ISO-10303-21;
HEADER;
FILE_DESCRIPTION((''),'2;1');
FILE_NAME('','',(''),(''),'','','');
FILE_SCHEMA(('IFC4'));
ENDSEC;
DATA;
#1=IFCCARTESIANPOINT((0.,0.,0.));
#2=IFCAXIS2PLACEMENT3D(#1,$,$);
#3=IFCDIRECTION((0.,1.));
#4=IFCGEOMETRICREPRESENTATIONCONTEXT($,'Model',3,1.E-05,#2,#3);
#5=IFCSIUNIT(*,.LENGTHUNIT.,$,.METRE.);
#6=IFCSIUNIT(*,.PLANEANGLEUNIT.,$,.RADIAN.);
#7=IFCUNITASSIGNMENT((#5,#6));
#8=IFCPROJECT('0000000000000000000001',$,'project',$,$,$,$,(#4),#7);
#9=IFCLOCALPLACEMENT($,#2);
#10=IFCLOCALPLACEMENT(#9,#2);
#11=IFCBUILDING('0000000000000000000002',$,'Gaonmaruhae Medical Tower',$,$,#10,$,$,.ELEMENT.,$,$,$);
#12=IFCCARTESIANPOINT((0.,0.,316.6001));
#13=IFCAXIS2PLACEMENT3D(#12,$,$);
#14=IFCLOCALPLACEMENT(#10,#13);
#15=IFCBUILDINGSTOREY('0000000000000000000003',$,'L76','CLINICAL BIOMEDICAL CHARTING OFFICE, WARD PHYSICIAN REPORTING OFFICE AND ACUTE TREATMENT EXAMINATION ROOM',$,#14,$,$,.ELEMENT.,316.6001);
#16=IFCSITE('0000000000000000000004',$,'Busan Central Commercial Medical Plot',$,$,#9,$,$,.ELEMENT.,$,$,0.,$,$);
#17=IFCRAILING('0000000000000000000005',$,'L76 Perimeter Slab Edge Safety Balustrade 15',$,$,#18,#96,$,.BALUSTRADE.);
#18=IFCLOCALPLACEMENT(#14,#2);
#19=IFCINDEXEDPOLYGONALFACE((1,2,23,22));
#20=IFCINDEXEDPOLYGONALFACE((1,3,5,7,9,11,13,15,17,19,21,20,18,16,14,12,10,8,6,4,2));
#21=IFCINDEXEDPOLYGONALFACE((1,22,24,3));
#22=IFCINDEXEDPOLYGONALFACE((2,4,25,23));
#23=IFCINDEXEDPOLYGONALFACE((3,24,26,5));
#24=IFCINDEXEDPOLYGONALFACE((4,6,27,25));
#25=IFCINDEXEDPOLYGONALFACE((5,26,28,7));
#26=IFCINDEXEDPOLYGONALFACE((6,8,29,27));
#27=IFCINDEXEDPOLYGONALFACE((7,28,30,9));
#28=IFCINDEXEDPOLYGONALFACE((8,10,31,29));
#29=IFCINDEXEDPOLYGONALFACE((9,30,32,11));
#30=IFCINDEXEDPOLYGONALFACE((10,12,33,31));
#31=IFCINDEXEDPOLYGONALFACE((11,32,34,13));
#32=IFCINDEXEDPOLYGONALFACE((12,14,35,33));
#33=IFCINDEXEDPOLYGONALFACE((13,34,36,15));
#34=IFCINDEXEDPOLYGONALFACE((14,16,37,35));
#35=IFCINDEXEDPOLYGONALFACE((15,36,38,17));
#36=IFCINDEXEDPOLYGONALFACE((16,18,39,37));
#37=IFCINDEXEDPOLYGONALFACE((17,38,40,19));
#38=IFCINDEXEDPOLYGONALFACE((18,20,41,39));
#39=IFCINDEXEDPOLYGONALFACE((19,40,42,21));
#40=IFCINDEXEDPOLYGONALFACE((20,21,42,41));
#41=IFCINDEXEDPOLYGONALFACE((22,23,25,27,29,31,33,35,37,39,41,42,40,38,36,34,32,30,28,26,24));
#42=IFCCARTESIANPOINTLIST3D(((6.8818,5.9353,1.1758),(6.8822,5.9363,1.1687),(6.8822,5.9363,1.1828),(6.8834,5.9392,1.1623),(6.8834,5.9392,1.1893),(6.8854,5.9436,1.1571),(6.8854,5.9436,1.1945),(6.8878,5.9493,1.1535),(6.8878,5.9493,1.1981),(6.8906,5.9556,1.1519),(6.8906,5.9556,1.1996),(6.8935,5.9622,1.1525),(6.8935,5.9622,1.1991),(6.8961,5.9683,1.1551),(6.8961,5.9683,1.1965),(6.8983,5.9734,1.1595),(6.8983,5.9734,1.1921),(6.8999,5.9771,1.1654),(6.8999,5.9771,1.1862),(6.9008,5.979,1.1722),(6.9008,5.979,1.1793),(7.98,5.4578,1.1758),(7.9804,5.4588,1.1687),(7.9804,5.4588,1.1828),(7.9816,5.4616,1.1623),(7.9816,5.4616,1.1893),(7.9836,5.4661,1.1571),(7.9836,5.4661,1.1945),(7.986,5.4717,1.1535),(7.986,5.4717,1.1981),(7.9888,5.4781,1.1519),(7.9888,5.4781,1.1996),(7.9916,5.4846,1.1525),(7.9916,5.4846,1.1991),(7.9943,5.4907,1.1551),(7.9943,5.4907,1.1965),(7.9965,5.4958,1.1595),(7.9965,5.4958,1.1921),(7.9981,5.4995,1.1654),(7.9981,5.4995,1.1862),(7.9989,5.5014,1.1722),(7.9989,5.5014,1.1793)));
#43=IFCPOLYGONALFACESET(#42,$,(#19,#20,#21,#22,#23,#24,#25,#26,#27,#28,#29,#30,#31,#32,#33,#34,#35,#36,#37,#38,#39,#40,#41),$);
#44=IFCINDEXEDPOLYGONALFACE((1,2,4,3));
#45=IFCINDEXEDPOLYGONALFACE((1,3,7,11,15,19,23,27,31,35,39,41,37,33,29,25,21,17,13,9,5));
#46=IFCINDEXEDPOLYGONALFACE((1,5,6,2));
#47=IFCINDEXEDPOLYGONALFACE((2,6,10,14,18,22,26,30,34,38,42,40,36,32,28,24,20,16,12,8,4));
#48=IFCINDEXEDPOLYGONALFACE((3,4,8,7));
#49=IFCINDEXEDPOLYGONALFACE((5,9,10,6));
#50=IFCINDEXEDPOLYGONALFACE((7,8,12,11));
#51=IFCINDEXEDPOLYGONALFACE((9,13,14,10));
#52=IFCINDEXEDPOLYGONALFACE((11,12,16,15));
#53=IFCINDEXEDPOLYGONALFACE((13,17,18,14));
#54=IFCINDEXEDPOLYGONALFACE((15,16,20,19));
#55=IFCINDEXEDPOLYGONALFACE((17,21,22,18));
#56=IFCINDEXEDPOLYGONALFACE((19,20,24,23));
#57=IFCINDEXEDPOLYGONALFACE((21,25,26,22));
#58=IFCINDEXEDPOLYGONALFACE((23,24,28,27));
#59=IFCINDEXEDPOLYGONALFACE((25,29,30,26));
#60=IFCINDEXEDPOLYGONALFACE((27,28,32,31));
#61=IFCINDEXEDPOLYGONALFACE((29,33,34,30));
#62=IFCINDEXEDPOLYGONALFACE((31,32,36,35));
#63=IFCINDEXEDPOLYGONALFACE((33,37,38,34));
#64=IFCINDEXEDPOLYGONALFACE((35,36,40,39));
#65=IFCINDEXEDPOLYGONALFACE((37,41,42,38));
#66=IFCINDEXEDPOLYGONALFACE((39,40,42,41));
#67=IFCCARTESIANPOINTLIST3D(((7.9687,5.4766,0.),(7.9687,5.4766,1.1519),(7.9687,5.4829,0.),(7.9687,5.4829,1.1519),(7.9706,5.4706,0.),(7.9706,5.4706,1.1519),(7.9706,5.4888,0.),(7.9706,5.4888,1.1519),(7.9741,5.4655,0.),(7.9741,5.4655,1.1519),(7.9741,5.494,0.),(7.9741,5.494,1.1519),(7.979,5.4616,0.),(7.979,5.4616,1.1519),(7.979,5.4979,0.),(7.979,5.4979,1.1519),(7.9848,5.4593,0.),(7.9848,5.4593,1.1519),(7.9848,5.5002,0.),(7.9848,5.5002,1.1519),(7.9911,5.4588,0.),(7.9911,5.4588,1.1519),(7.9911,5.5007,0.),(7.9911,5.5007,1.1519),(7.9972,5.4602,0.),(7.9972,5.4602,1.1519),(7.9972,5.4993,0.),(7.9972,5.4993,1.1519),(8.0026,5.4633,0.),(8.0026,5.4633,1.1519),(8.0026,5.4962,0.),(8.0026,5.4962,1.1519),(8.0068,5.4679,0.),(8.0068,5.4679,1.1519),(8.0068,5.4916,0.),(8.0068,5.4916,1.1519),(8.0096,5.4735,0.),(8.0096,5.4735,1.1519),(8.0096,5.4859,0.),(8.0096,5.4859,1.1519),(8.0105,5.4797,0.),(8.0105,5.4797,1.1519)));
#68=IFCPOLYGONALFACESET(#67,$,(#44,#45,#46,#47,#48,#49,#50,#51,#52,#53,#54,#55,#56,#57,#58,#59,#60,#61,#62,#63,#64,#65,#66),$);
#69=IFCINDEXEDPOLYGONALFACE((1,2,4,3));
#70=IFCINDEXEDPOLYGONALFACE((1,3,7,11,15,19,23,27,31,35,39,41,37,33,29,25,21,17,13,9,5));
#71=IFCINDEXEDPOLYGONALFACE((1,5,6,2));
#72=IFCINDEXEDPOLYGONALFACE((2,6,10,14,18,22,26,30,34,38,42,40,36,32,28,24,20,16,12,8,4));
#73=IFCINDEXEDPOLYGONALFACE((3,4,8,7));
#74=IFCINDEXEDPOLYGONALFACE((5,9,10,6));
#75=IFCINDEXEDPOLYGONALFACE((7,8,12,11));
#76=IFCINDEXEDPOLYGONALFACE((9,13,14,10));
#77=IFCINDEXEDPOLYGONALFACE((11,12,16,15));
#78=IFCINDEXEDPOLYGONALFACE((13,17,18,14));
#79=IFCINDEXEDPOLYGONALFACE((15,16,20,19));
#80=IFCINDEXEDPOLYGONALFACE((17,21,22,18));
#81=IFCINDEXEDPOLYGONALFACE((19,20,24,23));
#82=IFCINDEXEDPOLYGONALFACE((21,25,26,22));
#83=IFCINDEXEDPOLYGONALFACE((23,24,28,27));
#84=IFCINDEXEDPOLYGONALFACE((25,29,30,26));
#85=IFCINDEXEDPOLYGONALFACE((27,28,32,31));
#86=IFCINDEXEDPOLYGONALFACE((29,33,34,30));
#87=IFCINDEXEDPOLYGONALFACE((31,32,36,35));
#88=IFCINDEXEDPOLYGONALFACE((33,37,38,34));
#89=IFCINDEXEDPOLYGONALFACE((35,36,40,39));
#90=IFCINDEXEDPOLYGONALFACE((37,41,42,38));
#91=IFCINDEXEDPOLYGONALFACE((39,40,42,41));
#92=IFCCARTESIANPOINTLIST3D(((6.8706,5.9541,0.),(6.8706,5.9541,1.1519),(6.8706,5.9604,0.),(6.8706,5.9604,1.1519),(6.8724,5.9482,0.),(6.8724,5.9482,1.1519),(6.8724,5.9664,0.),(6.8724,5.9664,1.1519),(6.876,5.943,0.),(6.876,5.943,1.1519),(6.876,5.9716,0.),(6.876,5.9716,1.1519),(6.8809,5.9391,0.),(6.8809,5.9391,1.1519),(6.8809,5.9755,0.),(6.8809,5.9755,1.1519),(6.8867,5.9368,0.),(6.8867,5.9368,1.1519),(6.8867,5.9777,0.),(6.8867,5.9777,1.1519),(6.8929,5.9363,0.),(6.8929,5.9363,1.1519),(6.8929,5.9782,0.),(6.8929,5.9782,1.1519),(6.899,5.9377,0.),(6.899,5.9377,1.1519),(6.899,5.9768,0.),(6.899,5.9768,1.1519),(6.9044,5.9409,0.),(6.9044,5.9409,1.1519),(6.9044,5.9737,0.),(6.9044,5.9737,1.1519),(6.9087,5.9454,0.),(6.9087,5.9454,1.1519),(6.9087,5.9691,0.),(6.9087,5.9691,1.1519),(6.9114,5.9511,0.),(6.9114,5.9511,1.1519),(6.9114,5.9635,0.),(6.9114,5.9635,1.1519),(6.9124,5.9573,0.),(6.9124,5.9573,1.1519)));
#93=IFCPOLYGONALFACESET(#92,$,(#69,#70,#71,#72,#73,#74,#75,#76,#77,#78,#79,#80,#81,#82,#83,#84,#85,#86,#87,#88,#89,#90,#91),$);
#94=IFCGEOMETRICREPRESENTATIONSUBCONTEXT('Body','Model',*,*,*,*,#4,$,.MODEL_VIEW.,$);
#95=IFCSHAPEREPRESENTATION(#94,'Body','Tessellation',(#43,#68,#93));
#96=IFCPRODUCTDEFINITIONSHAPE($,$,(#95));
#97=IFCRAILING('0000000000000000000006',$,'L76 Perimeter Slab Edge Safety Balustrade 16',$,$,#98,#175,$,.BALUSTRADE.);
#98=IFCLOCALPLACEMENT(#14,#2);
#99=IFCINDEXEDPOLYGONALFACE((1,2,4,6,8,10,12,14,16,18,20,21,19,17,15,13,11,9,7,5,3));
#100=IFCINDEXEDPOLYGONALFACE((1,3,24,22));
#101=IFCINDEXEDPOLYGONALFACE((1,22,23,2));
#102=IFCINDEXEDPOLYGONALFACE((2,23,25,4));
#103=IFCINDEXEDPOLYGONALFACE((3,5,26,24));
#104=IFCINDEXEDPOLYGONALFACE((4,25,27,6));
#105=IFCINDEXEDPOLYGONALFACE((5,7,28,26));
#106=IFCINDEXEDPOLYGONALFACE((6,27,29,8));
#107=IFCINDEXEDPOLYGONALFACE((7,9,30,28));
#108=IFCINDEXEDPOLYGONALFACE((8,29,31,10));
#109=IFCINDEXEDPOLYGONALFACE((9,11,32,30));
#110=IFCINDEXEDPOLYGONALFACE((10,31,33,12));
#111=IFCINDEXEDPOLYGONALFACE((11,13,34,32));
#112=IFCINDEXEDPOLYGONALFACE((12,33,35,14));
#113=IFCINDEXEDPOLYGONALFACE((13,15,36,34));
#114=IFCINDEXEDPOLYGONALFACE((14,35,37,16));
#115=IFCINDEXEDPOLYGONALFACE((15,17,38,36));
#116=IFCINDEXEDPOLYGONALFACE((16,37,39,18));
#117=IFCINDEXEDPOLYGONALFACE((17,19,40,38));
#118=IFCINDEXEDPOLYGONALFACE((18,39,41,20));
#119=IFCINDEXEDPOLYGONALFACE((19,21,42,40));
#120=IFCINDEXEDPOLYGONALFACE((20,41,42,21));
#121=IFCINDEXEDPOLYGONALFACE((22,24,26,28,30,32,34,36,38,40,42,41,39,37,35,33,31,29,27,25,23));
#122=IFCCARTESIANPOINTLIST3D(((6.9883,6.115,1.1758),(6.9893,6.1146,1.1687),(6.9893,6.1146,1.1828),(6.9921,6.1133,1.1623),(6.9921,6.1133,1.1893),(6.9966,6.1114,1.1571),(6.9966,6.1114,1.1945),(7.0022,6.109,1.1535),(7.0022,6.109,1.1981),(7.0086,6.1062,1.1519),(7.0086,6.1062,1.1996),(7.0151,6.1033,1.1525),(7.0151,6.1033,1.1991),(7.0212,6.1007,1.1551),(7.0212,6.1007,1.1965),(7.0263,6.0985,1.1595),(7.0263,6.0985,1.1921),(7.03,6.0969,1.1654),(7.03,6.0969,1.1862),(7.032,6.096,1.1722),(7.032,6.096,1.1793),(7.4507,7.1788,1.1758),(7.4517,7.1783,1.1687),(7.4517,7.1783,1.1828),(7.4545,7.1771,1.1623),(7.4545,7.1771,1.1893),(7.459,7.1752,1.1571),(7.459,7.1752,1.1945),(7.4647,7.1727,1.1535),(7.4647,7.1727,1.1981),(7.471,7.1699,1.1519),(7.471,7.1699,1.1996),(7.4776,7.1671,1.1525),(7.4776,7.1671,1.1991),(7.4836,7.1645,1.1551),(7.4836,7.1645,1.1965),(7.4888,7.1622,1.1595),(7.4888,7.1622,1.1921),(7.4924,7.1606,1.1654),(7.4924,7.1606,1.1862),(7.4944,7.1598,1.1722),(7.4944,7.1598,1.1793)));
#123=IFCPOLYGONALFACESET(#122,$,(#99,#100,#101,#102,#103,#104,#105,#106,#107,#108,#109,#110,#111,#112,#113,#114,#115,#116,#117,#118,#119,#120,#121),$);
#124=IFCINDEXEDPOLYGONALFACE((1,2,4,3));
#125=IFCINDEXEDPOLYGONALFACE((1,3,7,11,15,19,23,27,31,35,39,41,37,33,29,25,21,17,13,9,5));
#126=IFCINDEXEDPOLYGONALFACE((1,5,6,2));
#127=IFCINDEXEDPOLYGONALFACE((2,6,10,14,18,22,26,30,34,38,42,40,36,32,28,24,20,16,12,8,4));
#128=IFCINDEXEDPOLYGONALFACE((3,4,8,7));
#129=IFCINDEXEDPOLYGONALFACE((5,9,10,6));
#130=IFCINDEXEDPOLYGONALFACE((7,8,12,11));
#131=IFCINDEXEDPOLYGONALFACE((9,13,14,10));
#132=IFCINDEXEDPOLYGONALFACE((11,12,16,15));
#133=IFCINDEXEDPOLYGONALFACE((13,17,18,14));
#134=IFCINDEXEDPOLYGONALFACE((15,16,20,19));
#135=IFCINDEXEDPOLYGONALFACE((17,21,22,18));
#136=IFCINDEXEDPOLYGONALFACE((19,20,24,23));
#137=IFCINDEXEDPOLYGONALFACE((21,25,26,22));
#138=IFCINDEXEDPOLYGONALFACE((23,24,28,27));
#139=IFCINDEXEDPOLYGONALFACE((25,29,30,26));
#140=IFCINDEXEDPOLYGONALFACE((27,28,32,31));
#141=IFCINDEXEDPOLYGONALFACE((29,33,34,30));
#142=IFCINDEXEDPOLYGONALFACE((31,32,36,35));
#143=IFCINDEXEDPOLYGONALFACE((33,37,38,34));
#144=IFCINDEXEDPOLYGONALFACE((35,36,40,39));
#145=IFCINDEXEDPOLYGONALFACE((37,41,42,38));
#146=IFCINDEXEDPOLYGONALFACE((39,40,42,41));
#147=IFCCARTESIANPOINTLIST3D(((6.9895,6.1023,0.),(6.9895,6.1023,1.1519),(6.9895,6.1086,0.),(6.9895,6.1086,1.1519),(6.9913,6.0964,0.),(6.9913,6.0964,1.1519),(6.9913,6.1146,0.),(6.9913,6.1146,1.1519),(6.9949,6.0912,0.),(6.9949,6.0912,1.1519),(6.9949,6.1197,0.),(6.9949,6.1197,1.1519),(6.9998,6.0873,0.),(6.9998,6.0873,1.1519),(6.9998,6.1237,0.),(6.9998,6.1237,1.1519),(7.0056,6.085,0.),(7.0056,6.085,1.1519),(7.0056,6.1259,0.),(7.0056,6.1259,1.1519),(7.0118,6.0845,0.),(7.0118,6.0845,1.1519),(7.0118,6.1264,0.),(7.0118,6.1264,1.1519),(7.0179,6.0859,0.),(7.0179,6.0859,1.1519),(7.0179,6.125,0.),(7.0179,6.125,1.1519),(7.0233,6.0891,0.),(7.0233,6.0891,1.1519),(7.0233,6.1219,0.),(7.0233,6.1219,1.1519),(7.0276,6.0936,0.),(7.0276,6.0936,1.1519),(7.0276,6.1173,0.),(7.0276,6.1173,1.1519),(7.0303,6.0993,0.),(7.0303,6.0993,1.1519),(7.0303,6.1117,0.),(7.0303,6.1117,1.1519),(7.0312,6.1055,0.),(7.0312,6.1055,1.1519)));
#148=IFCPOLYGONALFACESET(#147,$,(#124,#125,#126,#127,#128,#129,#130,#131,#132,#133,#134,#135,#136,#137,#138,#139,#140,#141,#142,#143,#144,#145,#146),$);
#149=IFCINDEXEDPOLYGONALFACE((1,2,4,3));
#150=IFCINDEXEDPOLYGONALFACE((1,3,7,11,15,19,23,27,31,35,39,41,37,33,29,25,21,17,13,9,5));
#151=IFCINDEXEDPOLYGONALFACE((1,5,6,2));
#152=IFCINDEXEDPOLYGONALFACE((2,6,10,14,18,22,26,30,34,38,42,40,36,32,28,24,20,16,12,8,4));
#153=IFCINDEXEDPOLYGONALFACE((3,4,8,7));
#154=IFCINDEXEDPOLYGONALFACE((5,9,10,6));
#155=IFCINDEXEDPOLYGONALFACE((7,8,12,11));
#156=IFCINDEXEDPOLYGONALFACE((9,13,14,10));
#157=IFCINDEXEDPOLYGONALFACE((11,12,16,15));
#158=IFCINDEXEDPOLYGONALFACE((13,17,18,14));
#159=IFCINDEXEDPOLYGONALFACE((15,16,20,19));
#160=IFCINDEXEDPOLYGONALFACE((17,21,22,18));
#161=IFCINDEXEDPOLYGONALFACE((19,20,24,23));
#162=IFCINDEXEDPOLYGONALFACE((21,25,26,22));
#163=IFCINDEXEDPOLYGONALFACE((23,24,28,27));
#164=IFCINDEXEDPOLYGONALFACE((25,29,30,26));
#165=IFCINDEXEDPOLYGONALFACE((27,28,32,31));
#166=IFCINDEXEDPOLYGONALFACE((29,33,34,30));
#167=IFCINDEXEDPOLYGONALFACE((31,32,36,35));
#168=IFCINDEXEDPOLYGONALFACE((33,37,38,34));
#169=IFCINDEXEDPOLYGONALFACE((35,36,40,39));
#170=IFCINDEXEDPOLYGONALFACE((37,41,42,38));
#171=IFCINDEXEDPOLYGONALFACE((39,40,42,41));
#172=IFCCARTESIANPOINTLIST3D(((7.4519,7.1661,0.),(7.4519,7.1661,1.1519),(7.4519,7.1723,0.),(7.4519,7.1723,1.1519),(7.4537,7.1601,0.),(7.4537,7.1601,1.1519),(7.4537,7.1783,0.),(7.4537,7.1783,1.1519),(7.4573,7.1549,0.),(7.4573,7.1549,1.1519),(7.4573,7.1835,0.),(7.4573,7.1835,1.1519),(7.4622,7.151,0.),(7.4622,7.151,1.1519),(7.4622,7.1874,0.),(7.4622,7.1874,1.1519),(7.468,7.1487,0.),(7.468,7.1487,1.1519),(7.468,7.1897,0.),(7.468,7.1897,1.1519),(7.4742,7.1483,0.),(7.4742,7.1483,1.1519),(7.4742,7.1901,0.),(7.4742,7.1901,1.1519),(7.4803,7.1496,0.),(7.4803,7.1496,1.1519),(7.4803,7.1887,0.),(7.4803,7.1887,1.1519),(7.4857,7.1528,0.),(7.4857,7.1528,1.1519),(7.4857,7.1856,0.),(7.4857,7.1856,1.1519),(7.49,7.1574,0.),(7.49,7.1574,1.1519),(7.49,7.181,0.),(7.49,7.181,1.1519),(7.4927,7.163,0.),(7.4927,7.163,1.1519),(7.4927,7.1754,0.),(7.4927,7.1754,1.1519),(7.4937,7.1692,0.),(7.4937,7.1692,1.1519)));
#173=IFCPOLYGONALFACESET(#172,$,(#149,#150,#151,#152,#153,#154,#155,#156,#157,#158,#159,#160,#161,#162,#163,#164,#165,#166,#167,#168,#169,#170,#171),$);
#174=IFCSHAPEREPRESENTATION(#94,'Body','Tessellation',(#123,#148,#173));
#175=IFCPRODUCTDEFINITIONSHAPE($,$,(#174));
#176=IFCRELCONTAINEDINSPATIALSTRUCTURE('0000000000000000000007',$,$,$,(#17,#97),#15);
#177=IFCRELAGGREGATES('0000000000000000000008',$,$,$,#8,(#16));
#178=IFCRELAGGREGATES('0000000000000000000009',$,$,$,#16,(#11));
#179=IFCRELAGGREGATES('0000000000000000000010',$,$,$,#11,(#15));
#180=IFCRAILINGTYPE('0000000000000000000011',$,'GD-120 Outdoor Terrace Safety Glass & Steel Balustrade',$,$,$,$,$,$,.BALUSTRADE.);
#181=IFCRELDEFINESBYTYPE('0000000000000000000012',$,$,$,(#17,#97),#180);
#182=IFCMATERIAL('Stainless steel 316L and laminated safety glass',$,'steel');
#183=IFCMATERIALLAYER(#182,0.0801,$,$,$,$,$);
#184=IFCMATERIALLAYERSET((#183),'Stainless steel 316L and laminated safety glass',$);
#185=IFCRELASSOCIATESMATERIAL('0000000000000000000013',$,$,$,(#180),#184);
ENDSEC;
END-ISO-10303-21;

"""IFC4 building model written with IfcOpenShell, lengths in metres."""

from ifc_helpers import new_model, si_unit, direction, frame, origin, origin_2d, place, context, subcontext, project, spatial, circle, extrude, material, layer, layer_set, type_object, element, save


model = new_model("IFC4")

# Units and contexts
model_context = context("Model", 3, precision=1e-05, world=origin(), true_north=direction((0.0, 1.0)))
body_context = subcontext(model_context, "Body", "Model", "MODEL_VIEW")
ifc_project = project(units=[si_unit("LENGTHUNIT", "METRE"), si_unit("PLANEANGLEUNIT", "RADIAN")], contexts=[model_context])

# Site, building, storey
site_placement = place(None, origin())
site = spatial("IfcSite", under=ifc_project, at=site_placement, Name="Busan Central Commercial Medical Plot", CompositionType="ELEMENT", RefElevation=0.0)
building_placement = place(site_placement, origin())
building = spatial("IfcBuilding", under=site, at=building_placement, Name="Gaonmaruhae Medical Tower", CompositionType="ELEMENT")
storey_placement = place(building_placement, frame((0.0, 0.0, 316.6001)))
storey = spatial("IfcBuildingStorey", under=building, at=storey_placement, Name="L76", Description="CLINICAL BIOMEDICAL CHARTING OFFICE, WARD PHYSICIAN REPORTING OFFICE AND ACUTE TREATMENT EXAMINATION ROOM", CompositionType="ELEMENT", Elevation=316.6001)

# Railings
ifc_material_1 = material(Name="Stainless steel 316L and laminated safety glass", Category="steel")
ifc_layer_1 = layer(ifc_material_1, 0.0801)
ifc_layer_set_1 = layer_set([ifc_layer_1], Name="Stainless steel 316L and laminated safety glass")
railing_type = type_object("IfcRailingType", Name="GD-120 Outdoor Terrace Safety Glass & Steel Balustrade", PredefinedType="BALUSTRADE", material=ifc_layer_set_1)
railing_1_placement = place(storey_placement, frame((7.9895, 5.4797, 0.0)))
element("IfcRailing", 1, at=railing_1_placement, inside=storey, type_object=railing_type, Name="L76 Perimeter Slab Edge Safety Balustrade 15", PredefinedType="BALUSTRADE", context=body_context, shape_type="SweptSolid", body=[
    extrude(circle(Radius=0.0239, at=origin_2d()), frame((0.0, 0.0, 1.1758), z_axis=(-0.917044, 0.398786, 0.0), x_axis=(-0.398786, -0.917044, 0.0)), (0.0, 0.0, 1.0), 1.1975),
    extrude(circle(Radius=0.021, at=origin_2d()), origin(), (0.0, 0.0, 1.0), 1.1519),
    extrude(circle(Radius=0.021, at=origin_2d()), frame((-1.0981, 0.4775, 0.0)), (0.0, 0.0, 1.0), 1.1519),
])
railing_2_placement = place(storey_placement, frame((7.0103, 6.1055, 0.0)))
element("IfcRailing", 2, at=railing_2_placement, inside=storey, type_object=railing_type, Name="L76 Perimeter Slab Edge Safety Balustrade 16", PredefinedType="BALUSTRADE", context=body_context, shape_type="SweptSolid", body=[
    extrude(circle(Radius=0.0239, at=origin_2d()), frame((0.0, 0.0, 1.1758), z_axis=(0.398665, 0.917097, 0.0), x_axis=(-0.917097, 0.398665, 0.0)), (0.0, 0.0, 1.0), 1.1599),
    extrude(circle(Radius=0.021, at=origin_2d()), origin(), (0.0, 0.0, 1.0), 1.1519),
    extrude(circle(Radius=0.021, at=origin_2d()), frame((0.4624, 1.0637, 0.0)), (0.0, 0.0, 1.0), 1.1519),
])

save(model, "model.ifc")
